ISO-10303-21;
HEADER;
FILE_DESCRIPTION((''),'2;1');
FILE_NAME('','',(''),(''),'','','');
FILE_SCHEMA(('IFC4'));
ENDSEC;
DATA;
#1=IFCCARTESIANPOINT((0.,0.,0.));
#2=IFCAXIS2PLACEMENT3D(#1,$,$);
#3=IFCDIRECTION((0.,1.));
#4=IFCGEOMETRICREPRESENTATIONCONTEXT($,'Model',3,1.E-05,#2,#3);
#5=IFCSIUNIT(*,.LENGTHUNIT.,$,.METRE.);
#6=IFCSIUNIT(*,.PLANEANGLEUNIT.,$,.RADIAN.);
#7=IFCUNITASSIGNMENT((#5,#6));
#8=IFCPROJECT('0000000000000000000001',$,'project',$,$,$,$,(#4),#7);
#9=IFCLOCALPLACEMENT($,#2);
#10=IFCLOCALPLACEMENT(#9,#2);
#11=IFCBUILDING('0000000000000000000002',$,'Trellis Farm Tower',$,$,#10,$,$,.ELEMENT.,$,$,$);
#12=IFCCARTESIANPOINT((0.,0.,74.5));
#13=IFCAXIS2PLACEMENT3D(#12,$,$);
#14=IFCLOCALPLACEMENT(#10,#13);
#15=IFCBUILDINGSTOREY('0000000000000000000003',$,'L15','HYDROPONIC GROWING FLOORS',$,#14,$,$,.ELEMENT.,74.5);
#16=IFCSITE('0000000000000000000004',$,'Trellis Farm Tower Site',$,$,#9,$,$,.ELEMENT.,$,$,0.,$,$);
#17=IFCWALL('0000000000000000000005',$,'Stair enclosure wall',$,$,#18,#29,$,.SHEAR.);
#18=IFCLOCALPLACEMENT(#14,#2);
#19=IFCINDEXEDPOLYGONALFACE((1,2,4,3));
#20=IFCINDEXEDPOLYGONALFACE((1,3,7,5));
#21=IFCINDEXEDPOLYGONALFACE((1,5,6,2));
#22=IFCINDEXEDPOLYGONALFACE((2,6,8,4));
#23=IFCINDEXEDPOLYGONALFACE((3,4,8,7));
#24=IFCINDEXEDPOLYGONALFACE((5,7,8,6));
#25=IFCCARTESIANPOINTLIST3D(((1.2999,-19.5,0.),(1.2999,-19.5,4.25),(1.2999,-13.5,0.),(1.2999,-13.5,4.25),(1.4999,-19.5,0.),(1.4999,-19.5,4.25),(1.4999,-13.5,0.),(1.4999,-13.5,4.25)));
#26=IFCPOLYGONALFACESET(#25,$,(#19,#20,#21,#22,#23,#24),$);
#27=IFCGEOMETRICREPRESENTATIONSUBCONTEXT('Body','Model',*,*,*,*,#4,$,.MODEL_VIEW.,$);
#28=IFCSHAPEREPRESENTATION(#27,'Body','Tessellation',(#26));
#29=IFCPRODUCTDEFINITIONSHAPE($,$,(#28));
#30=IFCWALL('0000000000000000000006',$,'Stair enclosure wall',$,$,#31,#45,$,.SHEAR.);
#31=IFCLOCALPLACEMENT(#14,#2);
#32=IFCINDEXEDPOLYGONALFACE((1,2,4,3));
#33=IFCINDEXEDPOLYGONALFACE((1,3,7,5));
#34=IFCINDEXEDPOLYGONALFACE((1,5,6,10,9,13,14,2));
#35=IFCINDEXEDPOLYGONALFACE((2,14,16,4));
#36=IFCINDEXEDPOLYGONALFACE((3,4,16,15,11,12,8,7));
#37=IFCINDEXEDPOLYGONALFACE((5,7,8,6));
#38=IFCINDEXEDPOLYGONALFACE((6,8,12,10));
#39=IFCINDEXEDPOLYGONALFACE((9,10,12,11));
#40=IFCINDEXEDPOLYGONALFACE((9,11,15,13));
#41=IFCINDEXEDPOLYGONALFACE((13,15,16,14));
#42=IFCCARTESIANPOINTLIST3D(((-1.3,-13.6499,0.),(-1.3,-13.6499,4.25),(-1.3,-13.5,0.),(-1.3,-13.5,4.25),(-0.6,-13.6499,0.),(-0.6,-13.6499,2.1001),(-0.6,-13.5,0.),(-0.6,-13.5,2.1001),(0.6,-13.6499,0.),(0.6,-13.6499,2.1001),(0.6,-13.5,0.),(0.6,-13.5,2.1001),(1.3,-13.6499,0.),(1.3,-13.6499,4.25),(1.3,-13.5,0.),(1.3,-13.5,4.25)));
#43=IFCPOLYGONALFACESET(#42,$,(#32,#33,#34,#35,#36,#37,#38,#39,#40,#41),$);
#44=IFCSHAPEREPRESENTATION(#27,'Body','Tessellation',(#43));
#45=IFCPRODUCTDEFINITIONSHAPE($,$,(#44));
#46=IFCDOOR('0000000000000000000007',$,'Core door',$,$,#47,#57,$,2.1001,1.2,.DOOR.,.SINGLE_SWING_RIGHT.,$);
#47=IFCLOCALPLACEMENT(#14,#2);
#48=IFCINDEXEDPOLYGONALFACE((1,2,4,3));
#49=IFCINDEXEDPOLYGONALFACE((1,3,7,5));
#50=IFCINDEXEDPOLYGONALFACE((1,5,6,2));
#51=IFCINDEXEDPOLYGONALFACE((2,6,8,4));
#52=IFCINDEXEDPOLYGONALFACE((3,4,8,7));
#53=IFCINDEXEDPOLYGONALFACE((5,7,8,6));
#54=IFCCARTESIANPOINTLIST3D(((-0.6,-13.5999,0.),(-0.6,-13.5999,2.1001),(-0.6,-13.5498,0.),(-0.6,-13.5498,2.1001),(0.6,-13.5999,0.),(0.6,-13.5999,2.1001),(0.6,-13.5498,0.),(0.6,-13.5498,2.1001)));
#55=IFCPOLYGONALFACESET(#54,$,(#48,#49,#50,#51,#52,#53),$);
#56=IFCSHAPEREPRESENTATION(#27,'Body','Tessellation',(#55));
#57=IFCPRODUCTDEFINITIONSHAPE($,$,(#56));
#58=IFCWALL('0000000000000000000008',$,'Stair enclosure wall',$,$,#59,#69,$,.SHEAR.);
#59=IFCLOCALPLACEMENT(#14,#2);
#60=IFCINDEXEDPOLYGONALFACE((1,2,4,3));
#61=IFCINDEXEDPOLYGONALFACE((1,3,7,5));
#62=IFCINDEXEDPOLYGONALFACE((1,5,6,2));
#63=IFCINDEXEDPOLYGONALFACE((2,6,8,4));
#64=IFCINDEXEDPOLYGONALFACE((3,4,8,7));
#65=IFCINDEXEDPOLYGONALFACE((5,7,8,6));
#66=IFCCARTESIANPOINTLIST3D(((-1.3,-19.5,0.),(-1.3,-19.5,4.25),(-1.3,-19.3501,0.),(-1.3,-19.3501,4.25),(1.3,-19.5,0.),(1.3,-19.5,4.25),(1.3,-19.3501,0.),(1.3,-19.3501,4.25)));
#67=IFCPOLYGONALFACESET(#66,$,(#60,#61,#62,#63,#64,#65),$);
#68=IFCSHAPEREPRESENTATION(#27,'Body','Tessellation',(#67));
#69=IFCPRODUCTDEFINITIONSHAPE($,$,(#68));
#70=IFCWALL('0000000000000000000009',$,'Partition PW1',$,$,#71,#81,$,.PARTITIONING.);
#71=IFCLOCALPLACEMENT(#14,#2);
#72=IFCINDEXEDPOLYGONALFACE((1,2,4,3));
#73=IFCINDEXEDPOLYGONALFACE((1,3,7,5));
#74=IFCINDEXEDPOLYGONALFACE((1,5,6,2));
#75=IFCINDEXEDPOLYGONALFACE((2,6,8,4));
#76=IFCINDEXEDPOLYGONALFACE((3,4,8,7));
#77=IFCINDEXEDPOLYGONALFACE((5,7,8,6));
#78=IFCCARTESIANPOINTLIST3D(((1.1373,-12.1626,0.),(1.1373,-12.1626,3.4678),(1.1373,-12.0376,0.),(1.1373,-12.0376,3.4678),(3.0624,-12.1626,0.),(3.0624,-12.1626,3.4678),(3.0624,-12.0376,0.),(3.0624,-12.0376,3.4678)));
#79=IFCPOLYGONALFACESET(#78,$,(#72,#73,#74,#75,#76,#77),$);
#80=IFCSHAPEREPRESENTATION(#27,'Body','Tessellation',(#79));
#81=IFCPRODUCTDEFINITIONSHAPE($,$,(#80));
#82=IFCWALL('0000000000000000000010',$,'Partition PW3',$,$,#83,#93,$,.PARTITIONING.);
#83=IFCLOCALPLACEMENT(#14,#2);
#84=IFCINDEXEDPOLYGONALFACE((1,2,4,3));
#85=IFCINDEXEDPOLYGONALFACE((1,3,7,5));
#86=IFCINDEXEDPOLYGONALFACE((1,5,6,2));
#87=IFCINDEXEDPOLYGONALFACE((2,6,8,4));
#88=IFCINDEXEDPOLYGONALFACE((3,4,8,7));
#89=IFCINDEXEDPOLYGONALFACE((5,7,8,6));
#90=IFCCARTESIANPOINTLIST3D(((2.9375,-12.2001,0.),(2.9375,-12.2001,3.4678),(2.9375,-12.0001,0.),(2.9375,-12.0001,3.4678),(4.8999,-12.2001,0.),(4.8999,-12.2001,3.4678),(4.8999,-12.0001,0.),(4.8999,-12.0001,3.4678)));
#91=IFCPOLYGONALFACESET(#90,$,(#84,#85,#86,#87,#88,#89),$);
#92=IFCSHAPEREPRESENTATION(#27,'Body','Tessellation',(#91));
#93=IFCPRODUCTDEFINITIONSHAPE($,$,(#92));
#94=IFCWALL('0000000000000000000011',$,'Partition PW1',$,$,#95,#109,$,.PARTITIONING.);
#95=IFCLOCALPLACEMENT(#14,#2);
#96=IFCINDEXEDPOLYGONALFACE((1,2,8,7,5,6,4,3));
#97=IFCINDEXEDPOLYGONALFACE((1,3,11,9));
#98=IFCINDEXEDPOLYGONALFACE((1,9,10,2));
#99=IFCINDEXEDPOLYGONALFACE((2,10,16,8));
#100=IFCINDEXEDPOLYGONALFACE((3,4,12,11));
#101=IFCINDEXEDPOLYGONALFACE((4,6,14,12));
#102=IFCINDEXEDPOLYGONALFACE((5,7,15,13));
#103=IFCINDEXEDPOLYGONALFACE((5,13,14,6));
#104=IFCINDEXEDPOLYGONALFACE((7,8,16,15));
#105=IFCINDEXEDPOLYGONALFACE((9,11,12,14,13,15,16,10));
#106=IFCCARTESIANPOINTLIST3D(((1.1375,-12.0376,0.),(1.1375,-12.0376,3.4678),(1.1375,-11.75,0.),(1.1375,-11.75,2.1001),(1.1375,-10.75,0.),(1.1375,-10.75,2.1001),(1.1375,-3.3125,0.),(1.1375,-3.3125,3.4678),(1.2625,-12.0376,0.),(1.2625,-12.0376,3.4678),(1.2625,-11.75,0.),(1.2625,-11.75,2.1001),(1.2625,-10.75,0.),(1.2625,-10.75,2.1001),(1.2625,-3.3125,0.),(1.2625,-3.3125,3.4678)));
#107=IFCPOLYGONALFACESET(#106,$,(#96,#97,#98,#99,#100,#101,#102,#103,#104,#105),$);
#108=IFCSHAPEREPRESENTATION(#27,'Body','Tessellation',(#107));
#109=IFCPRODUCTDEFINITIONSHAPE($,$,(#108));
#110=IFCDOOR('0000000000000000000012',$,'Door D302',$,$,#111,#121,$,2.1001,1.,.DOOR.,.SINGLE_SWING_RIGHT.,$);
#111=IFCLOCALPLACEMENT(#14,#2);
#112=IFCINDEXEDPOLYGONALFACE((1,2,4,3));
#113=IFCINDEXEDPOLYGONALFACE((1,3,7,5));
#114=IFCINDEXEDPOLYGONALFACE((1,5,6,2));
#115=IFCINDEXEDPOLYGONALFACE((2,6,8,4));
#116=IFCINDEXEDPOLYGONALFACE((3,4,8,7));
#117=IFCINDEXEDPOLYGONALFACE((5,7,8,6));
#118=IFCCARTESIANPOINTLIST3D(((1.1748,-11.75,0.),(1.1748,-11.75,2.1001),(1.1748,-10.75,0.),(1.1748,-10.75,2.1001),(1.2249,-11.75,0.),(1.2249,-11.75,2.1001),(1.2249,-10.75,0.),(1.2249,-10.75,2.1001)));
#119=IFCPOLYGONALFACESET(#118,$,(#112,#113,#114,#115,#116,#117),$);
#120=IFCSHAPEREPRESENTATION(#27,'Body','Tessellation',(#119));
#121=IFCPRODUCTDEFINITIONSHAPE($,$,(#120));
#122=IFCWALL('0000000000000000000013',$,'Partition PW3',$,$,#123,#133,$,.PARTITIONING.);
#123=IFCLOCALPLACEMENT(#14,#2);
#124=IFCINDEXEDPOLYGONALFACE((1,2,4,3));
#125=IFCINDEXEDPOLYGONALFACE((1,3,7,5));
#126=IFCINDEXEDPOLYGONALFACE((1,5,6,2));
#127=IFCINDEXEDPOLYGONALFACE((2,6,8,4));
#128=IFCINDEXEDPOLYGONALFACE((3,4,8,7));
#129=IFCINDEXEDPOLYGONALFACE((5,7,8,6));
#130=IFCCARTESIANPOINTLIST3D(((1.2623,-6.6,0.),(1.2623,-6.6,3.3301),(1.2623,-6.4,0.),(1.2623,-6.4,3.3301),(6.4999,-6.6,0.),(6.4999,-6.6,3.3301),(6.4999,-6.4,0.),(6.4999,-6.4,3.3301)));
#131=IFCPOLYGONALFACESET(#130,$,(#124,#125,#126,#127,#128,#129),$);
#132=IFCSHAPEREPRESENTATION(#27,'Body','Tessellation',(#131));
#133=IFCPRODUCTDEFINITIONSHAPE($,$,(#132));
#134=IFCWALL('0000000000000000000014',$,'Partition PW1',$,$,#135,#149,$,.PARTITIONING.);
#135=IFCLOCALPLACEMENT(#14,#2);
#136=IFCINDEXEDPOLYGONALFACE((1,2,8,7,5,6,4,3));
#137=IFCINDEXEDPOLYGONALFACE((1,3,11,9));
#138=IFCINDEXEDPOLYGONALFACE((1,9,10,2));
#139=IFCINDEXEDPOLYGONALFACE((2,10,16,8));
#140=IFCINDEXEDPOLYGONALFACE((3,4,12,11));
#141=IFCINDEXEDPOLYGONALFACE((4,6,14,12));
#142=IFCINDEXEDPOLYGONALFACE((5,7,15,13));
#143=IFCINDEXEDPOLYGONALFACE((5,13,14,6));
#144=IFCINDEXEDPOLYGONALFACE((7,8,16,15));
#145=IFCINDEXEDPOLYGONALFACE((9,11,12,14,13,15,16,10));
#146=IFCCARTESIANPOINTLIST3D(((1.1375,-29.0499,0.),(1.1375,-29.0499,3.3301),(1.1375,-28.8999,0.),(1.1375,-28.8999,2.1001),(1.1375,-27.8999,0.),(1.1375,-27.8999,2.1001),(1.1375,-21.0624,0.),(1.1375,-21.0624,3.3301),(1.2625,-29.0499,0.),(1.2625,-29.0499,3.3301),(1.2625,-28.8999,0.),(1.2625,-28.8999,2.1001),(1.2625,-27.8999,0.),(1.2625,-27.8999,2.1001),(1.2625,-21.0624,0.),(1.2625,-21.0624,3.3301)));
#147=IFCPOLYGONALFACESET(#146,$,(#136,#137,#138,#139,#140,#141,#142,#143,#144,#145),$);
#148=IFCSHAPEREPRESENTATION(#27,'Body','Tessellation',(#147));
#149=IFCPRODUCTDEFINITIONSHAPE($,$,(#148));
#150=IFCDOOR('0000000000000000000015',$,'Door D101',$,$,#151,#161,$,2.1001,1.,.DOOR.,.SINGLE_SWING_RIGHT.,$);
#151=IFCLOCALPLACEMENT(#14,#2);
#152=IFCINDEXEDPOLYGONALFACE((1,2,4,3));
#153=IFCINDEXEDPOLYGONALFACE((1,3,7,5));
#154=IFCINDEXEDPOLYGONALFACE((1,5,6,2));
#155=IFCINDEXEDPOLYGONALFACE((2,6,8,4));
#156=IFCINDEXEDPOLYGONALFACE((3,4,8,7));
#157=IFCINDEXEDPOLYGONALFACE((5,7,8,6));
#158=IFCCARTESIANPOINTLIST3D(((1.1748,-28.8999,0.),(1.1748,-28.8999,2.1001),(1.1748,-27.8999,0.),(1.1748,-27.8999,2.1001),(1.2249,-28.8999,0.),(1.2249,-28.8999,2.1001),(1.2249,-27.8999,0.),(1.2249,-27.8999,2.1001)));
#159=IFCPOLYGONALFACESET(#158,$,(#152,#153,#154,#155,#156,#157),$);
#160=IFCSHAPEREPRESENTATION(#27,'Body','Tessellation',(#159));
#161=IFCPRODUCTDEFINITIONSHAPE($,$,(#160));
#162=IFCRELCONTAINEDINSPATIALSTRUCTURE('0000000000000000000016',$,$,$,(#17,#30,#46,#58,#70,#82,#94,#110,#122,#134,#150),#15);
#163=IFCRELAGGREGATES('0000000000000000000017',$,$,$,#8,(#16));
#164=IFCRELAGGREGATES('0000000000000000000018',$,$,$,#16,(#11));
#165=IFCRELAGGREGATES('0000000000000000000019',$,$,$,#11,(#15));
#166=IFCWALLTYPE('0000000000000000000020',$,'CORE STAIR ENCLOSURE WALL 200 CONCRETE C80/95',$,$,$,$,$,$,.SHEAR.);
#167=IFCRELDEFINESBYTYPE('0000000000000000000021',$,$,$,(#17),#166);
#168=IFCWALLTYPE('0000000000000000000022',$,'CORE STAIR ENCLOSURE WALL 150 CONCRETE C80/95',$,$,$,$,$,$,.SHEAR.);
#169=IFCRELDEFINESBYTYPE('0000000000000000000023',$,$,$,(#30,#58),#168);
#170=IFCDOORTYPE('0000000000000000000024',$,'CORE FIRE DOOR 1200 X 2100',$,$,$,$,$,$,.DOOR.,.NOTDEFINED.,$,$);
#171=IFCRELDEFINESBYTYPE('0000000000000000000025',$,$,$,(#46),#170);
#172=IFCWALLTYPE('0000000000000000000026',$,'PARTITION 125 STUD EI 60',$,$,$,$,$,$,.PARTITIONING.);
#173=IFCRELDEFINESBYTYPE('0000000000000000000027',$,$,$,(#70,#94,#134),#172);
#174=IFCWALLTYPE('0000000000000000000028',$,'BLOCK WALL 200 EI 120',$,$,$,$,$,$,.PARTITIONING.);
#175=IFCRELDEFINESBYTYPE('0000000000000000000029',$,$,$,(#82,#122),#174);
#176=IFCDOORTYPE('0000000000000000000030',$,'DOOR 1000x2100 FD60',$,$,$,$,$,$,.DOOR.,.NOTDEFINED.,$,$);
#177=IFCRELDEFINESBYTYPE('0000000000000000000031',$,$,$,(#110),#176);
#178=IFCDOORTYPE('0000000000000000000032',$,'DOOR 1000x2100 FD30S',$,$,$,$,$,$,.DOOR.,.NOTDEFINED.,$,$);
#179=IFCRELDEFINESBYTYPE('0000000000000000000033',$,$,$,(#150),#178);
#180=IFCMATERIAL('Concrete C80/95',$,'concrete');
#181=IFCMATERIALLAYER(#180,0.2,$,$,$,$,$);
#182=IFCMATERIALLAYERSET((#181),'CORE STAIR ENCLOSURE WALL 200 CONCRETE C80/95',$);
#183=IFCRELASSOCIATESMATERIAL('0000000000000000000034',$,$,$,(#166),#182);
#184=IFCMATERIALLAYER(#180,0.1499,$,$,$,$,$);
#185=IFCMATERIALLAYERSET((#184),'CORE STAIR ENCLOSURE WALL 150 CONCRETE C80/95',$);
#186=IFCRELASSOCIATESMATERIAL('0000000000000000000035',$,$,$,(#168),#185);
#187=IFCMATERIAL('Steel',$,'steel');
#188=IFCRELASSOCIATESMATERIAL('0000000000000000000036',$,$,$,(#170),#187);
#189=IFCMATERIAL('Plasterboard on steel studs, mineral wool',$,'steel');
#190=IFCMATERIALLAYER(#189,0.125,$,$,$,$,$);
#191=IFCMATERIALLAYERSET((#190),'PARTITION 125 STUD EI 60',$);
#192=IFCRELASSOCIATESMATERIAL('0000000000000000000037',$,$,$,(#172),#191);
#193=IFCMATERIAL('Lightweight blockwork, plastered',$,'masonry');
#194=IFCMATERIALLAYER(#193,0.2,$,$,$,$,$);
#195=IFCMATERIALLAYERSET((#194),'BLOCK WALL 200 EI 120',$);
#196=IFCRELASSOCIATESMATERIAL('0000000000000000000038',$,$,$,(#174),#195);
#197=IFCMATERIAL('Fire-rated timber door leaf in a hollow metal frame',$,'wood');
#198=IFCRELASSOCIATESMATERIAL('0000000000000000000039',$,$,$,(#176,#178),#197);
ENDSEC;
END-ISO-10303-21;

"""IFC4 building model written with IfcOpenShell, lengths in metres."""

from ifc_helpers import new_model, si_unit, direction, frame, frame_2d, origin, place, context, subcontext, project, spatial, rectangle, extrude, source, transform, mapped, material, layer, layer_set, type_object, element, fill, save


model = new_model("IFC4")

# Units and contexts
model_context = context("Model", 3, precision=1e-05, world=origin(), true_north=direction((0.0, 1.0)))
body_context = subcontext(model_context, "Body", "Model", "MODEL_VIEW")
ifc_project = project(units=[si_unit("LENGTHUNIT", "METRE"), si_unit("PLANEANGLEUNIT", "RADIAN")], contexts=[model_context])

# Site, building, storey
site_placement = place(None, origin())
site = spatial("IfcSite", under=ifc_project, at=site_placement, Name="Trellis Farm Tower Site", CompositionType="ELEMENT", RefElevation=0.0)
building_placement = place(site_placement, origin())
building = spatial("IfcBuilding", under=site, at=building_placement, Name="Trellis Farm Tower", CompositionType="ELEMENT")
storey_placement = place(building_placement, frame((0.0, 0.0, 74.5)))
storey = spatial("IfcBuildingStorey", under=building, at=storey_placement, Name="L15", Description="HYDROPONIC GROWING FLOORS", CompositionType="ELEMENT", Elevation=74.5)

# Shared definitions
ifc_material_1 = material(Name="Concrete C80/95", Category="concrete")

# Wall
ifc_layer_1 = layer(ifc_material_1, 0.2)
ifc_layer_set_1 = layer_set([ifc_layer_1], Name="CORE STAIR ENCLOSURE WALL 200 CONCRETE C80/95")
wall_type_1 = type_object("IfcWallType", Name="CORE STAIR ENCLOSURE WALL 200 CONCRETE C80/95", PredefinedType="SHEAR", material=ifc_layer_set_1)
shared_shape_1 = source(origin(), body_context, "Body", "SweptSolid", [
    extrude(rectangle(XDim=6.0, YDim=0.2, at=frame_2d((3.0, 0.0))), origin(), (0.0, 0.0, 1.0), 4.25),
])
wall_1_placement = place(storey_placement, frame((1.3999, -13.5, 0.0), z_axis=(0.0, 0.0, 1.0), x_axis=(0.0, -1.0, 0.0)))
element("IfcWall", 1, at=wall_1_placement, inside=storey, type_object=wall_type_1, Name="Stair enclosure wall", PredefinedType="SHEAR", context=body_context, shape_type="MappedRepresentation", body=[
    mapped(shared_shape_1, transform((0.0, 0.0, 0.0))),
])

# Wall, opening, door
ifc_layer_2 = layer(ifc_material_1, 0.1499)
ifc_layer_set_2 = layer_set([ifc_layer_2], Name="CORE STAIR ENCLOSURE WALL 150 CONCRETE C80/95")
wall_type_2 = type_object("IfcWallType", Name="CORE STAIR ENCLOSURE WALL 150 CONCRETE C80/95", PredefinedType="SHEAR", material=ifc_layer_set_2)
shared_shape_2 = source(origin(), body_context, "Body", "SweptSolid", [
    extrude(rectangle(XDim=2.6001, YDim=0.1499, at=frame_2d((1.3, 0.0))), origin(), (0.0, 0.0, 1.0), 4.25),
])
wall_2_placement = place(storey_placement, frame((1.3, -13.575, 0.0), z_axis=(0.0, 0.0, 1.0), x_axis=(-1.0, 0.0, 0.0)))
wall_2 = element("IfcWall", 2, at=wall_2_placement, inside=storey, type_object=wall_type_2, Name="Stair enclosure wall", PredefinedType="SHEAR", context=body_context, shape_type="MappedRepresentation", body=[
    mapped(shared_shape_2, transform((0.0, 0.0, 0.0))),
])
shared_shape_3 = source(origin(), body_context, "Body", "SweptSolid", [
    extrude(rectangle(XDim=1.2, YDim=2.1001, at=frame_2d((0.6001, 1.05))), frame((0.0, 0.085, 0.0), z_axis=(0.0, -1.0, 0.0), x_axis=(1.0, 0.0, 0.0)), (0.0, 0.0, 1.0), 0.1699),
])
opening_1_placement = place(wall_2_placement, frame((0.7, 0.0, 0.0)))
opening_1 = element("IfcOpeningElement", 3, at=opening_1_placement, cuts=wall_2, PredefinedType="OPENING", context=body_context, shape_type="MappedRepresentation", body=[
    mapped(shared_shape_3, transform((0.0, 0.0, 0.0))),
])
ifc_material_2 = material(Name="Steel", Category="steel")
door_type_1 = type_object("IfcDoorType", Name="CORE FIRE DOOR 1200 X 2100", OperationType="NOTDEFINED", PredefinedType="DOOR", material=ifc_material_2)
shared_shape_4 = source(origin(), body_context, "Body", "SweptSolid", [
    extrude(rectangle(XDim=1.2, YDim=2.1001, at=frame_2d((0.6001, 1.05))), frame((0.0, 0.0249, 0.0), z_axis=(0.0, -1.0, 0.0), x_axis=(1.0, 0.0, 0.0)), (0.0, 0.0, 1.0), 0.05),
])
door_1_placement = place(opening_1_placement, origin())
door_1 = element("IfcDoor", 4, at=door_1_placement, inside=storey, type_object=door_type_1, Name="Core door", OperationType="SINGLE_SWING_RIGHT", OverallHeight=2.1001, OverallWidth=1.2, PredefinedType="DOOR", context=body_context, shape_type="MappedRepresentation", body=[
    mapped(shared_shape_4, transform((0.0, 0.0, 0.0))),
])
fill(opening_1, door_1)

# Walls
wall_3_placement = place(storey_placement, frame((1.3, -19.425, 0.0), z_axis=(0.0, 0.0, 1.0), x_axis=(-1.0, 0.0, 0.0)))
element("IfcWall", 5, at=wall_3_placement, inside=storey, type_object=wall_type_2, Name="Stair enclosure wall", PredefinedType="SHEAR", context=body_context, shape_type="MappedRepresentation", body=[
    mapped(shared_shape_2, transform((0.0, 0.0, 0.0))),
])
ifc_material_3 = material(Name="Plasterboard on steel studs, mineral wool", Category="steel")
ifc_layer_3 = layer(ifc_material_3, 0.125)
ifc_layer_set_3 = layer_set([ifc_layer_3], Name="PARTITION 125 STUD EI 60")
wall_type_3 = type_object("IfcWallType", Name="PARTITION 125 STUD EI 60", PredefinedType="PARTITIONING", material=ifc_layer_set_3)
shared_shape_5 = source(origin(), body_context, "Body", "SweptSolid", [
    extrude(rectangle(XDim=1.925, YDim=0.125, at=frame_2d((0.9624, 0.0))), origin(), (0.0, 0.0, 1.0), 3.4678),
])
wall_4_placement = place(storey_placement, frame((1.1375, -12.1001, 0.0), z_axis=(0.0, 0.0, 1.0), x_axis=(1.0, 0.0, 0.0)))
element("IfcWall", 6, at=wall_4_placement, inside=storey, type_object=wall_type_3, Name="Partition PW1", PredefinedType="PARTITIONING", context=body_context, shape_type="MappedRepresentation", body=[
    mapped(shared_shape_5, transform((0.0, 0.0, 0.0))),
])
ifc_material_4 = material(Name="Lightweight blockwork, plastered", Category="masonry")
ifc_layer_4 = layer(ifc_material_4, 0.2)
ifc_layer_set_4 = layer_set([ifc_layer_4], Name="BLOCK WALL 200 EI 120")
wall_type_4 = type_object("IfcWallType", Name="BLOCK WALL 200 EI 120", PredefinedType="PARTITIONING", material=ifc_layer_set_4)
shared_shape_6 = source(origin(), body_context, "Body", "SweptSolid", [
    extrude(rectangle(XDim=1.9624, YDim=0.2, at=frame_2d((0.9812, 0.0))), origin(), (0.0, 0.0, 1.0), 3.4678),
])
wall_5_placement = place(storey_placement, frame((2.9375, -12.1001, 0.0), z_axis=(0.0, 0.0, 1.0), x_axis=(1.0, 0.0, 0.0)))
element("IfcWall", 7, at=wall_5_placement, inside=storey, type_object=wall_type_4, Name="Partition PW3", PredefinedType="PARTITIONING", context=body_context, shape_type="MappedRepresentation", body=[
    mapped(shared_shape_6, transform((0.0, 0.0, 0.0))),
])

# Wall, opening, door
shared_shape_7 = source(origin(), body_context, "Body", "SweptSolid", [
    extrude(rectangle(XDim=8.7251, YDim=0.125, at=frame_2d((4.3625, 0.0))), origin(), (0.0, 0.0, 1.0), 3.4678),
])
wall_6_placement = place(storey_placement, frame((1.2, -3.3125, 0.0), z_axis=(0.0, 0.0, 1.0), x_axis=(0.0, -1.0, 0.0)))
wall_6 = element("IfcWall", 8, at=wall_6_placement, inside=storey, type_object=wall_type_3, Name="Partition PW1", PredefinedType="PARTITIONING", context=body_context, shape_type="MappedRepresentation", body=[
    mapped(shared_shape_7, transform((0.0, 0.0, 0.0))),
])
shared_shape_8 = source(origin(), body_context, "Body", "SweptSolid", [
    extrude(rectangle(XDim=1.0, YDim=2.1001, at=frame_2d((0.5, 1.05))), frame((0.0, 0.0725, 0.0), z_axis=(0.0, -1.0, 0.0), x_axis=(1.0, 0.0, 0.0)), (0.0, 0.0, 1.0), 0.145),
])
opening_2_placement = place(wall_6_placement, frame((7.4375, 0.0, 0.0)))
opening_2 = element("IfcOpeningElement", 9, at=opening_2_placement, cuts=wall_6, PredefinedType="OPENING", context=body_context, shape_type="MappedRepresentation", body=[
    mapped(shared_shape_8, transform((0.0, 0.0, 0.0))),
])
ifc_material_5 = material(Name="Fire-rated timber door leaf in a hollow metal frame", Category="wood")
door_type_2 = type_object("IfcDoorType", Name="DOOR 1000x2100 FD60", OperationType="NOTDEFINED", PredefinedType="DOOR", material=ifc_material_5)
shared_shape_9 = source(origin(), body_context, "Body", "SweptSolid", [
    extrude(rectangle(XDim=1.0, YDim=2.1001, at=frame_2d((0.5, 1.05))), frame((0.0, 0.0249, 0.0), z_axis=(0.0, -1.0, 0.0), x_axis=(1.0, 0.0, 0.0)), (0.0, 0.0, 1.0), 0.05),
])
door_2_placement = place(opening_2_placement, origin())
door_2 = element("IfcDoor", 10, at=door_2_placement, inside=storey, type_object=door_type_2, Name="Door D302", OperationType="SINGLE_SWING_RIGHT", OverallHeight=2.1001, OverallWidth=1.0, PredefinedType="DOOR", context=body_context, shape_type="MappedRepresentation", body=[
    mapped(shared_shape_9, transform((0.0, 0.0, 0.0))),
])
fill(opening_2, door_2)

# Wall
shared_shape_10 = source(origin(), body_context, "Body", "SweptSolid", [
    extrude(rectangle(XDim=5.2375, YDim=0.2, at=frame_2d((2.6187, 0.0))), origin(), (0.0, 0.0, 1.0), 3.3301),
])
wall_7_placement = place(storey_placement, frame((1.2625, -6.5, 0.0), z_axis=(0.0, 0.0, 1.0), x_axis=(1.0, 0.0, 0.0)))
element("IfcWall", 11, at=wall_7_placement, inside=storey, type_object=wall_type_4, Name="Partition PW3", PredefinedType="PARTITIONING", context=body_context, shape_type="MappedRepresentation", body=[
    mapped(shared_shape_10, transform((0.0, 0.0, 0.0))),
])

# Wall, opening, door
shared_shape_11 = source(origin(), body_context, "Body", "SweptSolid", [
    extrude(rectangle(XDim=7.9875, YDim=0.125, at=frame_2d((3.9937, 0.0))), origin(), (0.0, 0.0, 1.0), 3.3301),
])
wall_8_placement = place(storey_placement, frame((1.2, -21.0625, 0.0), z_axis=(0.0, 0.0, 1.0), x_axis=(0.0, -1.0, 0.0)))
wall_8 = element("IfcWall", 12, at=wall_8_placement, inside=storey, type_object=wall_type_3, Name="Partition PW1", PredefinedType="PARTITIONING", context=body_context, shape_type="MappedRepresentation", body=[
    mapped(shared_shape_11, transform((0.0, 0.0, 0.0))),
])
opening_3_placement = place(wall_8_placement, frame((6.8374, 0.0, 0.0)))
opening_3 = element("IfcOpeningElement", 13, at=opening_3_placement, cuts=wall_8, PredefinedType="OPENING", context=body_context, shape_type="MappedRepresentation", body=[
    mapped(shared_shape_8, transform((0.0, 0.0, 0.0))),
])
door_type_3 = type_object("IfcDoorType", Name="DOOR 1000x2100 FD30S", OperationType="NOTDEFINED", PredefinedType="DOOR", material=ifc_material_5)
door_3_placement = place(opening_3_placement, origin())
door_3 = element("IfcDoor", 14, at=door_3_placement, inside=storey, type_object=door_type_3, Name="Door D101", OperationType="SINGLE_SWING_RIGHT", OverallHeight=2.1001, OverallWidth=1.0, PredefinedType="DOOR", context=body_context, shape_type="MappedRepresentation", body=[
    mapped(shared_shape_9, transform((0.0, 0.0, 0.0))),
])
fill(opening_3, door_3)

save(model, "model.ifc")
